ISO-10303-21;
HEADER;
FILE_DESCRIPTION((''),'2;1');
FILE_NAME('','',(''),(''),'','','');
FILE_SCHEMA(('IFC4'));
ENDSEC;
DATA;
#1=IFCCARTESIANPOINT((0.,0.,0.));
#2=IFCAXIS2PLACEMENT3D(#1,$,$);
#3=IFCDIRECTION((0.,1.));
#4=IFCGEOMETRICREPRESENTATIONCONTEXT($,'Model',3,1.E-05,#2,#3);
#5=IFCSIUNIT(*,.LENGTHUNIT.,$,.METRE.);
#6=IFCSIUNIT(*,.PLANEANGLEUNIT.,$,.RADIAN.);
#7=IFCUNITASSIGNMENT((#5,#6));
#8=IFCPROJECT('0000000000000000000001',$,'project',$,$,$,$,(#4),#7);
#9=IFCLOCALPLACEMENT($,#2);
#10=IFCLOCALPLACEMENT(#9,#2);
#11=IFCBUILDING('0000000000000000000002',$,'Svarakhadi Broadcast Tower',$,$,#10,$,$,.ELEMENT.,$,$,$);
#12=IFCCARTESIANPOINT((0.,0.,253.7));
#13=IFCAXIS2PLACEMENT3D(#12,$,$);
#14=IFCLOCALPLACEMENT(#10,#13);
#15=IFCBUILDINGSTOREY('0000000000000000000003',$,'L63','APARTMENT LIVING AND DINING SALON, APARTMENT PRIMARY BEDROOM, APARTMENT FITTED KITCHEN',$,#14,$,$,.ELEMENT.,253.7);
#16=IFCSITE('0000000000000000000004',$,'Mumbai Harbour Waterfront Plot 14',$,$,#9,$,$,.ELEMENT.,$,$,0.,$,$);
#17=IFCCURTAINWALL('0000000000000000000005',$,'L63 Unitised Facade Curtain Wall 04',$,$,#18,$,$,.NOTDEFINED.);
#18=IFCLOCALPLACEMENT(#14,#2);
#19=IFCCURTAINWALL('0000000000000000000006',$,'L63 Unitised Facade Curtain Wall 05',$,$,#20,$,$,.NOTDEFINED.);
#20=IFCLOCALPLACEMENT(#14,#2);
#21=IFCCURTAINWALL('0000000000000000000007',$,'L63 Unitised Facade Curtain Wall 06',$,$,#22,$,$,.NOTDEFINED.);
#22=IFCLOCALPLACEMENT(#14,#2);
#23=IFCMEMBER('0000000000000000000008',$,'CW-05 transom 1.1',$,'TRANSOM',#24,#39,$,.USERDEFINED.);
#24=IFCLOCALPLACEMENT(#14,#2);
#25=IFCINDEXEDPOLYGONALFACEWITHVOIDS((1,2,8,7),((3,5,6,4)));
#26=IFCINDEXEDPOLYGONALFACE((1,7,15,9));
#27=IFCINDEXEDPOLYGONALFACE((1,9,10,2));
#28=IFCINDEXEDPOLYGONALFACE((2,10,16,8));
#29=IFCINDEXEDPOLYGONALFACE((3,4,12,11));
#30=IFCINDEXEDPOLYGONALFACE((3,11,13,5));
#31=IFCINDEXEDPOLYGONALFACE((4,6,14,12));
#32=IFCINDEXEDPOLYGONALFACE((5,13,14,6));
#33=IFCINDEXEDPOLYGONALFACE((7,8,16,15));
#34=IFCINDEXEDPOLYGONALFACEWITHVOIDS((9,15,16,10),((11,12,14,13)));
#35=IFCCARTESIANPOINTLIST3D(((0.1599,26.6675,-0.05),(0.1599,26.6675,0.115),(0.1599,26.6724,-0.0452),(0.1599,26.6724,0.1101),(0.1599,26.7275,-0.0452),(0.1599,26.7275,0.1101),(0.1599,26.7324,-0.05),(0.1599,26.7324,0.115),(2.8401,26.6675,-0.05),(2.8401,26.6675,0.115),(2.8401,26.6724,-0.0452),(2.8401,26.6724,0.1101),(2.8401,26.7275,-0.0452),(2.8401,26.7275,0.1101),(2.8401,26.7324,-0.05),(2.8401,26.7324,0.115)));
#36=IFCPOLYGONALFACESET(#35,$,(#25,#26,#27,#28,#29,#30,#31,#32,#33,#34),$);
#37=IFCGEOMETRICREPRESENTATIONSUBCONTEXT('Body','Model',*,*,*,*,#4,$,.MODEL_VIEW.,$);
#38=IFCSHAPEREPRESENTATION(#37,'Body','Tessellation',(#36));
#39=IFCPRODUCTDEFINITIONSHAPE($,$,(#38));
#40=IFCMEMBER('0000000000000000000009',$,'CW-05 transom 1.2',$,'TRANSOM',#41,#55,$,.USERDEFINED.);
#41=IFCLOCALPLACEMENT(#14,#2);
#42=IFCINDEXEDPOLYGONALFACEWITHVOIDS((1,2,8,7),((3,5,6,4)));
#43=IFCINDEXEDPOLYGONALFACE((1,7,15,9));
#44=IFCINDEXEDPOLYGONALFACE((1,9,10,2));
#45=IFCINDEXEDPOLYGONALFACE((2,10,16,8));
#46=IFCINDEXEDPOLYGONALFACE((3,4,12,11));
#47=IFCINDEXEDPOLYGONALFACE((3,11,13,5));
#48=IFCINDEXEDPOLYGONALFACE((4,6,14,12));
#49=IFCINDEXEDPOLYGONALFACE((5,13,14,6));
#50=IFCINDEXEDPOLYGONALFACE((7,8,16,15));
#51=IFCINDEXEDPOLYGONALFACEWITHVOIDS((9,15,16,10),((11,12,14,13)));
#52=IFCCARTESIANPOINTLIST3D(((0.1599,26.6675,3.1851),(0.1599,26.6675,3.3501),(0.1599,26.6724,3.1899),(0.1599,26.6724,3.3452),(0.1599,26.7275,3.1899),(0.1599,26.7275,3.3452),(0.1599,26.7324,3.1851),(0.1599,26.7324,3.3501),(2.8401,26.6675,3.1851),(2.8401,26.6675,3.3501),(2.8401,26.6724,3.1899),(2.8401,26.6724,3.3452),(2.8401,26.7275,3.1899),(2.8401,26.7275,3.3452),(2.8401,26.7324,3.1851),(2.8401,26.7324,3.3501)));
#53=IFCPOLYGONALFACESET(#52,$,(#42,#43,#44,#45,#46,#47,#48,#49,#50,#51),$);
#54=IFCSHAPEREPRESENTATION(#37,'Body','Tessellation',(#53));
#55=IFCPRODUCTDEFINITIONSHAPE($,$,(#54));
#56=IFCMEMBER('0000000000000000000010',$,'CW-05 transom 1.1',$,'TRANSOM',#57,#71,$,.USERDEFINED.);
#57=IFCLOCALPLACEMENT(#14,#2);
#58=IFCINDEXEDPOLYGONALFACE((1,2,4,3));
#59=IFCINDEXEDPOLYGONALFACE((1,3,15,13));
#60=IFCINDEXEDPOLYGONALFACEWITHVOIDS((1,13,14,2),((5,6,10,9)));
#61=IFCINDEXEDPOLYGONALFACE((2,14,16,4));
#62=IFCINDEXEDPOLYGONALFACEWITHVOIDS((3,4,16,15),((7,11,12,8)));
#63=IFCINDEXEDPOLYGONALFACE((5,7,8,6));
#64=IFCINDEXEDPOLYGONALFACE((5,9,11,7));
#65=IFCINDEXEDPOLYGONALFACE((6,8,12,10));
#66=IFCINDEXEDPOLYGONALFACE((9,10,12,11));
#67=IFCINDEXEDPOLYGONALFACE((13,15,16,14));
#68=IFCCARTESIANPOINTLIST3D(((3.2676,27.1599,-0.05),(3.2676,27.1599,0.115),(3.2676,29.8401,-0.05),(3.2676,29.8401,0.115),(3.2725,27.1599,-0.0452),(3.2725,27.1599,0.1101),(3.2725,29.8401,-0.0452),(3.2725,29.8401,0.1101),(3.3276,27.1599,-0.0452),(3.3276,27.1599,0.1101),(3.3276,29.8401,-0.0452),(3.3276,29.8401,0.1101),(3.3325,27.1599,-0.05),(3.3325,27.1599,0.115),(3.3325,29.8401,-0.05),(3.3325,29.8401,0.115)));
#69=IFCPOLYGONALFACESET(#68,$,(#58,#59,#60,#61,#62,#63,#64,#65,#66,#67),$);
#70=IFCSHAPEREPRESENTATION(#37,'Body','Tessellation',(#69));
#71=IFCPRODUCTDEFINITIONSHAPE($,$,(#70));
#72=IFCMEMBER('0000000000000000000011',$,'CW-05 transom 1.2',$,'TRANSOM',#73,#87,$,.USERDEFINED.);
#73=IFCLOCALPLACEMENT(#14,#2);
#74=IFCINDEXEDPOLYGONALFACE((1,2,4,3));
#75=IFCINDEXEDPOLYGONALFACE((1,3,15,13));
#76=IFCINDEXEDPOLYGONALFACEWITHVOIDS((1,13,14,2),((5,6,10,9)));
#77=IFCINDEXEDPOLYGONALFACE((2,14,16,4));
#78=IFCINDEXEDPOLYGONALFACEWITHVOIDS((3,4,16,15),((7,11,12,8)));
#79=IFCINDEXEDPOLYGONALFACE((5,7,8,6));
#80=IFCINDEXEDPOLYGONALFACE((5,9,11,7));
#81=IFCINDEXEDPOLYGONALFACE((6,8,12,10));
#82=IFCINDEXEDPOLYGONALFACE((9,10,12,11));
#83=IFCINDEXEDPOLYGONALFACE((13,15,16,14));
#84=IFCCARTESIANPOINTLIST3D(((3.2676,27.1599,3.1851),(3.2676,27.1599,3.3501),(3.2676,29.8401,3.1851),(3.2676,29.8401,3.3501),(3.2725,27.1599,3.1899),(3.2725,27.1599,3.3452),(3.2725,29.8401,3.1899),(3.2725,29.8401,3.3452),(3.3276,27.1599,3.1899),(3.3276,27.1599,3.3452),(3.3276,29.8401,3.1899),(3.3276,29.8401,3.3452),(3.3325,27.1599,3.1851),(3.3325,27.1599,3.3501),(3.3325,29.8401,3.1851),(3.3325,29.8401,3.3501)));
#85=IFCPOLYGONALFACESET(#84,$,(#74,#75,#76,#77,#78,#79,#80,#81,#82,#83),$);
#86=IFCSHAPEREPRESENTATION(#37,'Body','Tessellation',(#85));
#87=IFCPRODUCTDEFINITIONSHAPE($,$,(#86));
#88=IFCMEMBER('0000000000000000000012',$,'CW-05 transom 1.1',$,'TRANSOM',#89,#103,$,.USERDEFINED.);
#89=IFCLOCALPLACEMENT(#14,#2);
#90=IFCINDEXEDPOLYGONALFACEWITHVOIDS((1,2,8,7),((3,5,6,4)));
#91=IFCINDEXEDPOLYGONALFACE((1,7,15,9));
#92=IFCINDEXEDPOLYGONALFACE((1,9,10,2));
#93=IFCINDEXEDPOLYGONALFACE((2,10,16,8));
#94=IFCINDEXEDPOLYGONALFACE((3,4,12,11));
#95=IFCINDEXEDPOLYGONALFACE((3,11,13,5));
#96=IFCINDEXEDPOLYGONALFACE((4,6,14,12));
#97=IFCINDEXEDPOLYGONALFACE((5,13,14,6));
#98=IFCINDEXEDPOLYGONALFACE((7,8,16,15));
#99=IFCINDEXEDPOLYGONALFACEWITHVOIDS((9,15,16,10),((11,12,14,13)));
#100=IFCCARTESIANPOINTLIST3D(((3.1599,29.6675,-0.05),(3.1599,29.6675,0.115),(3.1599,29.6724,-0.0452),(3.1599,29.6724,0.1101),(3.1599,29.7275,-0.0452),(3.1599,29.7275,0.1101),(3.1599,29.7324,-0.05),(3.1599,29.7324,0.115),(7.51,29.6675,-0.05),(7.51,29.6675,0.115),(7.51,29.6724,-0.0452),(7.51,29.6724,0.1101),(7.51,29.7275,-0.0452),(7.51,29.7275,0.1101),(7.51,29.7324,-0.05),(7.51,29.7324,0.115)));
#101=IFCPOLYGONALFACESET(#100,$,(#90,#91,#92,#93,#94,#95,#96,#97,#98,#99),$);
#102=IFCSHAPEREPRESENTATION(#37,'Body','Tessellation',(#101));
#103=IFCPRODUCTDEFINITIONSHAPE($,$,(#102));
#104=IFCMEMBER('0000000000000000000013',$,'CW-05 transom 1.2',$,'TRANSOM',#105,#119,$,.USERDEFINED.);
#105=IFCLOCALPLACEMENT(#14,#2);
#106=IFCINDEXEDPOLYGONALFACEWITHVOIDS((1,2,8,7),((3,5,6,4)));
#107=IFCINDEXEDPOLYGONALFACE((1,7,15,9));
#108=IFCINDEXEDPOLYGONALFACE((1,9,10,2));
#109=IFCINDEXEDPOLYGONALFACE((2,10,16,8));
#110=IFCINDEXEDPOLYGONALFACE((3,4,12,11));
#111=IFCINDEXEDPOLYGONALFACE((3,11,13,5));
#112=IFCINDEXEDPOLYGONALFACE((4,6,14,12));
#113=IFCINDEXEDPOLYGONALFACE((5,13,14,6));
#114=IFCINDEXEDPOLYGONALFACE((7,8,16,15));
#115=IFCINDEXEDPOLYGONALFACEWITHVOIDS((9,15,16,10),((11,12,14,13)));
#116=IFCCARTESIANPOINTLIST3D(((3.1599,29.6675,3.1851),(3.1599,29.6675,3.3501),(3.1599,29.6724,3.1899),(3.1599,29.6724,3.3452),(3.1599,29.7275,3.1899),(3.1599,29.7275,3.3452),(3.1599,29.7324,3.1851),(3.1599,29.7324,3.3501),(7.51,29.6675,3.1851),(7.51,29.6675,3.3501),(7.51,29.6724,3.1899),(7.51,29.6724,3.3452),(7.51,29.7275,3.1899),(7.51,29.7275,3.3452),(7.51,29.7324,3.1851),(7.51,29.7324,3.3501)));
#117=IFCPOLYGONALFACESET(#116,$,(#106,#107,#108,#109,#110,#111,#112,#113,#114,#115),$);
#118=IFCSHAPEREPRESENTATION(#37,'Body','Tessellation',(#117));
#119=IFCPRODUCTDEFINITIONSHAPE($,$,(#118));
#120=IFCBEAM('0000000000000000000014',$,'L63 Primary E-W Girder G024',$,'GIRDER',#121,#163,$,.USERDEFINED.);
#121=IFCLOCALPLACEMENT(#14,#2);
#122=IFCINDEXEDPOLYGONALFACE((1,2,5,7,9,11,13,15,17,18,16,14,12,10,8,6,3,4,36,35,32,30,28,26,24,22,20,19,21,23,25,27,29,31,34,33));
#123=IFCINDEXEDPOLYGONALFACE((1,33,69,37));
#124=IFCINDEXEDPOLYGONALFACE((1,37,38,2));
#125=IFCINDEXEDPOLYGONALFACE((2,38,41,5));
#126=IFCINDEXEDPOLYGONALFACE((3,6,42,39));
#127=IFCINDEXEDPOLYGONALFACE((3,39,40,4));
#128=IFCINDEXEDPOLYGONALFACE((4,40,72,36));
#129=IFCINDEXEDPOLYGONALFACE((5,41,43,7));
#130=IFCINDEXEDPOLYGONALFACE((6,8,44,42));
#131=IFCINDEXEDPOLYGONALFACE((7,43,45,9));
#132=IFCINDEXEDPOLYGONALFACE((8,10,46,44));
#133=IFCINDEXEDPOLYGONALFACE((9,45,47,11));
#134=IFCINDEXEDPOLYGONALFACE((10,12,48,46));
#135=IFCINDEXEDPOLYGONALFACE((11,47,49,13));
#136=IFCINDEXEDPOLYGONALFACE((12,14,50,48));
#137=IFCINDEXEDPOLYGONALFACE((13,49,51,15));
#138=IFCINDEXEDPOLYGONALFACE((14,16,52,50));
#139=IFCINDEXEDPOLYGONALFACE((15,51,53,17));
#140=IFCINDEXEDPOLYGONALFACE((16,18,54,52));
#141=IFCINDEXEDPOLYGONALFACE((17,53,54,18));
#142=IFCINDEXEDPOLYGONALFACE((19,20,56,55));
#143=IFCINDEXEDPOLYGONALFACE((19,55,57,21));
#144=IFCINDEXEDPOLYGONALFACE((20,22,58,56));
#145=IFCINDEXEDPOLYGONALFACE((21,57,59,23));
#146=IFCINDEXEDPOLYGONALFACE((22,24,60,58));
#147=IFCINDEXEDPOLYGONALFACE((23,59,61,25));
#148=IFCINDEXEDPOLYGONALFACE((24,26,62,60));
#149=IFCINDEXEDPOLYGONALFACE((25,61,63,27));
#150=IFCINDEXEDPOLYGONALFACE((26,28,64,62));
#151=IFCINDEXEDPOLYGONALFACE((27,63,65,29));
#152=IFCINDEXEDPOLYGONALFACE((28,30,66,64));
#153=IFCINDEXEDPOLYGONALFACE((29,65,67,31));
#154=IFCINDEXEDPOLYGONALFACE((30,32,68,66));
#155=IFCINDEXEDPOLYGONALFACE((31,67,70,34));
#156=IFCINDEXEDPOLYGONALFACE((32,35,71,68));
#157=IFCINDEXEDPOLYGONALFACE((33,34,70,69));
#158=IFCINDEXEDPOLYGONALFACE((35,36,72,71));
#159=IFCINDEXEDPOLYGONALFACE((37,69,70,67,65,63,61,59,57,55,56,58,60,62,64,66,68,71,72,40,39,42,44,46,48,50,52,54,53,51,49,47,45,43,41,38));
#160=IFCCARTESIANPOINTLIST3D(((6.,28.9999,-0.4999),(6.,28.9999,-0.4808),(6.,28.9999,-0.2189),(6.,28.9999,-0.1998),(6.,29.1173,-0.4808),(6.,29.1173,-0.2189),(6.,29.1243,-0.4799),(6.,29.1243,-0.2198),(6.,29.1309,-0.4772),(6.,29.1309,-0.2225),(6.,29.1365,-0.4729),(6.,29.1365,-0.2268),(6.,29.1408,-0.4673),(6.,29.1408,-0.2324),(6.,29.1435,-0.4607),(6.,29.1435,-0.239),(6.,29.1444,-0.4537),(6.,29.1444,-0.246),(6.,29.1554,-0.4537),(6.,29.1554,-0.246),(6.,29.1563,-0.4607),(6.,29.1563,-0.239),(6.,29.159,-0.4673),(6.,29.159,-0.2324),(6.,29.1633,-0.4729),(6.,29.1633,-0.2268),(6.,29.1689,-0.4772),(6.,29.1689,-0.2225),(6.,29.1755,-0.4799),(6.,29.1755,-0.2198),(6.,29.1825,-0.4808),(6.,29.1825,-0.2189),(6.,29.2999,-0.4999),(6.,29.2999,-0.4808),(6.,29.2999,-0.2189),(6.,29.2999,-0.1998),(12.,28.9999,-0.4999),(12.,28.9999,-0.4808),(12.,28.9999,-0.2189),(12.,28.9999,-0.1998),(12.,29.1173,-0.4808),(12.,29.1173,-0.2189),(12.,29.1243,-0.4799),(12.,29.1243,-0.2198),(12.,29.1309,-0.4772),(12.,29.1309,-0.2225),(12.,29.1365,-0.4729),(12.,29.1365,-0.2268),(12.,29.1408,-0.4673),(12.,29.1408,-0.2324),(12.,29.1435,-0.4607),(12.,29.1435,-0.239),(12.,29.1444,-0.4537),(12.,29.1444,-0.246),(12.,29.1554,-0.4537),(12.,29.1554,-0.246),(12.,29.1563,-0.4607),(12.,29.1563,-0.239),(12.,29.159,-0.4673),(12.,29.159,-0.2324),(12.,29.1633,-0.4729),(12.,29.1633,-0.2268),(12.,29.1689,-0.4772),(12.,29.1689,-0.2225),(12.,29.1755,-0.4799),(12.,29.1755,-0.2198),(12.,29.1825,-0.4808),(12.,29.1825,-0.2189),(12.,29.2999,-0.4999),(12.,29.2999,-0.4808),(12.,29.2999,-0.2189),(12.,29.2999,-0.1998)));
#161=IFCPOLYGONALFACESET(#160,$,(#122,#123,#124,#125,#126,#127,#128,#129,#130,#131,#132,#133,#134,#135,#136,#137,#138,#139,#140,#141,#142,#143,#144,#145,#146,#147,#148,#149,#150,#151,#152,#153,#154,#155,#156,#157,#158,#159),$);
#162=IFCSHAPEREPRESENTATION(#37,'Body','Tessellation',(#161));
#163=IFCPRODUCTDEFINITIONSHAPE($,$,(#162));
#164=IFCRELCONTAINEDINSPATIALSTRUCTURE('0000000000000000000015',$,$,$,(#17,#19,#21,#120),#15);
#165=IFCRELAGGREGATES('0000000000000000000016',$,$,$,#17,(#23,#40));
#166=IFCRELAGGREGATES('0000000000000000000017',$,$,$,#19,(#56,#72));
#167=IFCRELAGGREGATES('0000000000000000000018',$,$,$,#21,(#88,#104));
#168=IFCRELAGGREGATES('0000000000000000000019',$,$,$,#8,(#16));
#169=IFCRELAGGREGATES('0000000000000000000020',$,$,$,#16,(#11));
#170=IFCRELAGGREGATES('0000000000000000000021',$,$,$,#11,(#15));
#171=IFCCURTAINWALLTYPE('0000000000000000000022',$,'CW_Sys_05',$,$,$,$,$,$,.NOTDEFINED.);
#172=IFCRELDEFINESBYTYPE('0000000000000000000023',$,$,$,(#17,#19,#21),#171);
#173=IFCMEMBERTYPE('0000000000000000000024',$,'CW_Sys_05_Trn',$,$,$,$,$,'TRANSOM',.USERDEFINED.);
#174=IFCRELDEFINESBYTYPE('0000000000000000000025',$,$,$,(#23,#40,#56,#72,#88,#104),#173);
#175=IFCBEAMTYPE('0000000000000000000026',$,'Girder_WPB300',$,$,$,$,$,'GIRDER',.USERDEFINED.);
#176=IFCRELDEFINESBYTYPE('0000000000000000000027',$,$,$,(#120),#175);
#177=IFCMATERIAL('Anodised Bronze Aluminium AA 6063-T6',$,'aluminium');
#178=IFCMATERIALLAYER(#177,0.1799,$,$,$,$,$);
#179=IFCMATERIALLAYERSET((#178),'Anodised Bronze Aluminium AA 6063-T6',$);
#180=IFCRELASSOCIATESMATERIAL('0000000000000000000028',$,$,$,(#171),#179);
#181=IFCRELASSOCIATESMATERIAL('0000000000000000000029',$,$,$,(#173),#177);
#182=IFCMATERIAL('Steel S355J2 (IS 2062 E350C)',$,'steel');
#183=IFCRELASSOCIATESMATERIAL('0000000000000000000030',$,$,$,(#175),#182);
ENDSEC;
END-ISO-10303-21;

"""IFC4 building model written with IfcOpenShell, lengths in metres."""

from ifc_helpers import new_model, si_unit, direction, frame, origin, origin_2d, place, context, subcontext, project, spatial, hollow_rectangle, i_section, extrude, material, layer, layer_set, material_profile, profile_set, type_object, element, aggregate, save


model = new_model("IFC4")

# Units and contexts
model_context = context("Model", 3, precision=1e-05, world=origin(), true_north=direction((0.0, 1.0)))
body_context = subcontext(model_context, "Body", "Model", "MODEL_VIEW")
ifc_project = project(units=[si_unit("LENGTHUNIT", "METRE"), si_unit("PLANEANGLEUNIT", "RADIAN")], contexts=[model_context])

# Site, building, storey
site_placement = place(None, origin())
site = spatial("IfcSite", under=ifc_project, at=site_placement, Name="Mumbai Harbour Waterfront Plot 14", CompositionType="ELEMENT", RefElevation=0.0)
building_placement = place(site_placement, origin())
building = spatial("IfcBuilding", under=site, at=building_placement, Name="Svarakhadi Broadcast Tower", CompositionType="ELEMENT")
storey_placement = place(building_placement, frame((0.0, 0.0, 253.7)))
storey = spatial("IfcBuildingStorey", under=building, at=storey_placement, Name="L63", Description="APARTMENT LIVING AND DINING SALON, APARTMENT PRIMARY BEDROOM, APARTMENT FITTED KITCHEN", CompositionType="ELEMENT", Elevation=253.7)

# Shared definitions
ifc_material_1 = material(Name="Anodised Bronze Aluminium AA 6063-T6", Category="aluminium")
ifc_layer_1 = layer(ifc_material_1, 0.1799)
ifc_layer_set_1 = layer_set([ifc_layer_1], Name="Anodised Bronze Aluminium AA 6063-T6")
curtain_wall_type = type_object("IfcCurtainWallType", Name="CW_Sys_05", PredefinedType="NOTDEFINED", material=ifc_layer_set_1)

# Curtain walls
curtain_wall_1_placement = place(storey_placement, origin())
curtain_wall_1 = element("IfcCurtainWall", 1, at=curtain_wall_1_placement, inside=storey, type_object=curtain_wall_type, Name="L63 Unitised Facade Curtain Wall 04", PredefinedType="NOTDEFINED")
curtain_wall_2_placement = place(storey_placement, origin())
curtain_wall_2 = element("IfcCurtainWall", 2, at=curtain_wall_2_placement, inside=storey, type_object=curtain_wall_type, Name="L63 Unitised Facade Curtain Wall 05", PredefinedType="NOTDEFINED")

# Curtain wall
curtain_wall_3_placement = place(storey_placement, origin())
curtain_wall_3 = element("IfcCurtainWall", 3, at=curtain_wall_3_placement, inside=storey, type_object=curtain_wall_type, Name="L63 Unitised Facade Curtain Wall 06", PredefinedType="NOTDEFINED")

# Members
ifc_material_profile_1 = material_profile(ifc_material_1, hollow_rectangle(XDim=0.0649, YDim=0.165, WallThickness=0.0049, at=origin_2d()), Name="ALU TRANSOM 165x65x5")
ifc_profile_set_1 = profile_set([ifc_material_profile_1], Name="Anodised Bronze Aluminium AA 6063-T6")
member_type_1 = type_object("IfcMemberType", Name="CW_Sys_05_Trn", ElementType="TRANSOM", PredefinedType="USERDEFINED", material=ifc_profile_set_1)
member_1_placement = place(storey_placement, frame((0.1599, 26.7, 0.0325), z_axis=(1.0, 0.0, 0.0), x_axis=(0.0, 1.0, 0.0)))
member_1 = element("IfcMember", 4, at=member_1_placement, type_object=member_type_1, Name="CW-05 transom 1.1", ObjectType="TRANSOM", PredefinedType="USERDEFINED", context=body_context, shape_type="SweptSolid", body=[
    extrude(hollow_rectangle(XDim=0.0649, YDim=0.165, WallThickness=0.0049, at=origin_2d()), origin(), (0.0, 0.0, 1.0), 2.6802),
])
member_2_placement = place(storey_placement, frame((0.1599, 26.7, 3.2676), z_axis=(1.0, 0.0, 0.0), x_axis=(0.0, 1.0, 0.0)))
member_2 = element("IfcMember", 5, at=member_2_placement, type_object=member_type_1, Name="CW-05 transom 1.2", ObjectType="TRANSOM", PredefinedType="USERDEFINED", context=body_context, shape_type="SweptSolid", body=[
    extrude(hollow_rectangle(XDim=0.0649, YDim=0.165, WallThickness=0.0049, at=origin_2d()), origin(), (0.0, 0.0, 1.0), 2.6802),
])
member_3_placement = place(storey_placement, frame((3.3, 27.1599, 0.0325), z_axis=(0.0, 1.0, 0.0), x_axis=(-1.0, 0.0, 0.0)))
member_3 = element("IfcMember", 6, at=member_3_placement, type_object=member_type_1, Name="CW-05 transom 1.1", ObjectType="TRANSOM", PredefinedType="USERDEFINED", context=body_context, shape_type="SweptSolid", body=[
    extrude(hollow_rectangle(XDim=0.0649, YDim=0.165, WallThickness=0.0049, at=origin_2d()), origin(), (0.0, 0.0, 1.0), 2.6802),
])
member_4_placement = place(storey_placement, frame((3.3, 27.1599, 3.2676), z_axis=(0.0, 1.0, 0.0), x_axis=(-1.0, 0.0, 0.0)))
member_4 = element("IfcMember", 7, at=member_4_placement, type_object=member_type_1, Name="CW-05 transom 1.2", ObjectType="TRANSOM", PredefinedType="USERDEFINED", context=body_context, shape_type="SweptSolid", body=[
    extrude(hollow_rectangle(XDim=0.0649, YDim=0.165, WallThickness=0.0049, at=origin_2d()), origin(), (0.0, 0.0, 1.0), 2.6802),
])
member_5_placement = place(storey_placement, frame((3.1599, 29.7, 0.0325), z_axis=(1.0, 0.0, 0.0), x_axis=(0.0, 1.0, 0.0)))
member_5 = element("IfcMember", 8, at=member_5_placement, type_object=member_type_1, Name="CW-05 transom 1.1", ObjectType="TRANSOM", PredefinedType="USERDEFINED", context=body_context, shape_type="SweptSolid", body=[
    extrude(hollow_rectangle(XDim=0.0649, YDim=0.165, WallThickness=0.0049, at=origin_2d()), origin(), (0.0, 0.0, 1.0), 4.3501),
])
member_6_placement = place(storey_placement, frame((3.1599, 29.7, 3.2676), z_axis=(1.0, 0.0, 0.0), x_axis=(0.0, 1.0, 0.0)))
member_6 = element("IfcMember", 9, at=member_6_placement, type_object=member_type_1, Name="CW-05 transom 1.2", ObjectType="TRANSOM", PredefinedType="USERDEFINED", context=body_context, shape_type="SweptSolid", body=[
    extrude(hollow_rectangle(XDim=0.0649, YDim=0.165, WallThickness=0.0049, at=origin_2d()), origin(), (0.0, 0.0, 1.0), 4.3501),
])

# Beam
ifc_material_2 = material(Name="Steel S355J2 (IS 2062 E350C)", Category="steel")
ifc_material_profile_2 = material_profile(ifc_material_2, i_section(OverallWidth=0.3, OverallDepth=0.3, WebThickness=0.011, FlangeThickness=0.019, FilletRadius=0.0271, at=origin_2d()), Name="WPB 300x300x117")
ifc_profile_set_2 = profile_set([ifc_material_profile_2], Name="Steel S355J2 (IS 2062 E350C)")
beam_type_1 = type_object("IfcBeamType", Name="Girder_WPB300", ElementType="GIRDER", PredefinedType="USERDEFINED", material=ifc_profile_set_2)
beam_1_placement = place(storey_placement, frame((6.0, 29.1499, -0.3499), z_axis=(1.0, 0.0, 0.0), x_axis=(0.0, 1.0, 0.0)))
element("IfcBeam", 10, at=beam_1_placement, inside=storey, type_object=beam_type_1, Name="L63 Primary E-W Girder G024", ObjectType="GIRDER", PredefinedType="USERDEFINED", context=body_context, shape_type="SweptSolid", body=[
    extrude(i_section(OverallWidth=0.3, OverallDepth=0.3, WebThickness=0.011, FlangeThickness=0.019, FilletRadius=0.0271, at=origin_2d()), origin(), (0.0, 0.0, 1.0), 6.0),
])

aggregate(curtain_wall_1, [member_1, member_2])
aggregate(curtain_wall_2, [member_3, member_4])
aggregate(curtain_wall_3, [member_5, member_6])

save(model, "model.ifc")
